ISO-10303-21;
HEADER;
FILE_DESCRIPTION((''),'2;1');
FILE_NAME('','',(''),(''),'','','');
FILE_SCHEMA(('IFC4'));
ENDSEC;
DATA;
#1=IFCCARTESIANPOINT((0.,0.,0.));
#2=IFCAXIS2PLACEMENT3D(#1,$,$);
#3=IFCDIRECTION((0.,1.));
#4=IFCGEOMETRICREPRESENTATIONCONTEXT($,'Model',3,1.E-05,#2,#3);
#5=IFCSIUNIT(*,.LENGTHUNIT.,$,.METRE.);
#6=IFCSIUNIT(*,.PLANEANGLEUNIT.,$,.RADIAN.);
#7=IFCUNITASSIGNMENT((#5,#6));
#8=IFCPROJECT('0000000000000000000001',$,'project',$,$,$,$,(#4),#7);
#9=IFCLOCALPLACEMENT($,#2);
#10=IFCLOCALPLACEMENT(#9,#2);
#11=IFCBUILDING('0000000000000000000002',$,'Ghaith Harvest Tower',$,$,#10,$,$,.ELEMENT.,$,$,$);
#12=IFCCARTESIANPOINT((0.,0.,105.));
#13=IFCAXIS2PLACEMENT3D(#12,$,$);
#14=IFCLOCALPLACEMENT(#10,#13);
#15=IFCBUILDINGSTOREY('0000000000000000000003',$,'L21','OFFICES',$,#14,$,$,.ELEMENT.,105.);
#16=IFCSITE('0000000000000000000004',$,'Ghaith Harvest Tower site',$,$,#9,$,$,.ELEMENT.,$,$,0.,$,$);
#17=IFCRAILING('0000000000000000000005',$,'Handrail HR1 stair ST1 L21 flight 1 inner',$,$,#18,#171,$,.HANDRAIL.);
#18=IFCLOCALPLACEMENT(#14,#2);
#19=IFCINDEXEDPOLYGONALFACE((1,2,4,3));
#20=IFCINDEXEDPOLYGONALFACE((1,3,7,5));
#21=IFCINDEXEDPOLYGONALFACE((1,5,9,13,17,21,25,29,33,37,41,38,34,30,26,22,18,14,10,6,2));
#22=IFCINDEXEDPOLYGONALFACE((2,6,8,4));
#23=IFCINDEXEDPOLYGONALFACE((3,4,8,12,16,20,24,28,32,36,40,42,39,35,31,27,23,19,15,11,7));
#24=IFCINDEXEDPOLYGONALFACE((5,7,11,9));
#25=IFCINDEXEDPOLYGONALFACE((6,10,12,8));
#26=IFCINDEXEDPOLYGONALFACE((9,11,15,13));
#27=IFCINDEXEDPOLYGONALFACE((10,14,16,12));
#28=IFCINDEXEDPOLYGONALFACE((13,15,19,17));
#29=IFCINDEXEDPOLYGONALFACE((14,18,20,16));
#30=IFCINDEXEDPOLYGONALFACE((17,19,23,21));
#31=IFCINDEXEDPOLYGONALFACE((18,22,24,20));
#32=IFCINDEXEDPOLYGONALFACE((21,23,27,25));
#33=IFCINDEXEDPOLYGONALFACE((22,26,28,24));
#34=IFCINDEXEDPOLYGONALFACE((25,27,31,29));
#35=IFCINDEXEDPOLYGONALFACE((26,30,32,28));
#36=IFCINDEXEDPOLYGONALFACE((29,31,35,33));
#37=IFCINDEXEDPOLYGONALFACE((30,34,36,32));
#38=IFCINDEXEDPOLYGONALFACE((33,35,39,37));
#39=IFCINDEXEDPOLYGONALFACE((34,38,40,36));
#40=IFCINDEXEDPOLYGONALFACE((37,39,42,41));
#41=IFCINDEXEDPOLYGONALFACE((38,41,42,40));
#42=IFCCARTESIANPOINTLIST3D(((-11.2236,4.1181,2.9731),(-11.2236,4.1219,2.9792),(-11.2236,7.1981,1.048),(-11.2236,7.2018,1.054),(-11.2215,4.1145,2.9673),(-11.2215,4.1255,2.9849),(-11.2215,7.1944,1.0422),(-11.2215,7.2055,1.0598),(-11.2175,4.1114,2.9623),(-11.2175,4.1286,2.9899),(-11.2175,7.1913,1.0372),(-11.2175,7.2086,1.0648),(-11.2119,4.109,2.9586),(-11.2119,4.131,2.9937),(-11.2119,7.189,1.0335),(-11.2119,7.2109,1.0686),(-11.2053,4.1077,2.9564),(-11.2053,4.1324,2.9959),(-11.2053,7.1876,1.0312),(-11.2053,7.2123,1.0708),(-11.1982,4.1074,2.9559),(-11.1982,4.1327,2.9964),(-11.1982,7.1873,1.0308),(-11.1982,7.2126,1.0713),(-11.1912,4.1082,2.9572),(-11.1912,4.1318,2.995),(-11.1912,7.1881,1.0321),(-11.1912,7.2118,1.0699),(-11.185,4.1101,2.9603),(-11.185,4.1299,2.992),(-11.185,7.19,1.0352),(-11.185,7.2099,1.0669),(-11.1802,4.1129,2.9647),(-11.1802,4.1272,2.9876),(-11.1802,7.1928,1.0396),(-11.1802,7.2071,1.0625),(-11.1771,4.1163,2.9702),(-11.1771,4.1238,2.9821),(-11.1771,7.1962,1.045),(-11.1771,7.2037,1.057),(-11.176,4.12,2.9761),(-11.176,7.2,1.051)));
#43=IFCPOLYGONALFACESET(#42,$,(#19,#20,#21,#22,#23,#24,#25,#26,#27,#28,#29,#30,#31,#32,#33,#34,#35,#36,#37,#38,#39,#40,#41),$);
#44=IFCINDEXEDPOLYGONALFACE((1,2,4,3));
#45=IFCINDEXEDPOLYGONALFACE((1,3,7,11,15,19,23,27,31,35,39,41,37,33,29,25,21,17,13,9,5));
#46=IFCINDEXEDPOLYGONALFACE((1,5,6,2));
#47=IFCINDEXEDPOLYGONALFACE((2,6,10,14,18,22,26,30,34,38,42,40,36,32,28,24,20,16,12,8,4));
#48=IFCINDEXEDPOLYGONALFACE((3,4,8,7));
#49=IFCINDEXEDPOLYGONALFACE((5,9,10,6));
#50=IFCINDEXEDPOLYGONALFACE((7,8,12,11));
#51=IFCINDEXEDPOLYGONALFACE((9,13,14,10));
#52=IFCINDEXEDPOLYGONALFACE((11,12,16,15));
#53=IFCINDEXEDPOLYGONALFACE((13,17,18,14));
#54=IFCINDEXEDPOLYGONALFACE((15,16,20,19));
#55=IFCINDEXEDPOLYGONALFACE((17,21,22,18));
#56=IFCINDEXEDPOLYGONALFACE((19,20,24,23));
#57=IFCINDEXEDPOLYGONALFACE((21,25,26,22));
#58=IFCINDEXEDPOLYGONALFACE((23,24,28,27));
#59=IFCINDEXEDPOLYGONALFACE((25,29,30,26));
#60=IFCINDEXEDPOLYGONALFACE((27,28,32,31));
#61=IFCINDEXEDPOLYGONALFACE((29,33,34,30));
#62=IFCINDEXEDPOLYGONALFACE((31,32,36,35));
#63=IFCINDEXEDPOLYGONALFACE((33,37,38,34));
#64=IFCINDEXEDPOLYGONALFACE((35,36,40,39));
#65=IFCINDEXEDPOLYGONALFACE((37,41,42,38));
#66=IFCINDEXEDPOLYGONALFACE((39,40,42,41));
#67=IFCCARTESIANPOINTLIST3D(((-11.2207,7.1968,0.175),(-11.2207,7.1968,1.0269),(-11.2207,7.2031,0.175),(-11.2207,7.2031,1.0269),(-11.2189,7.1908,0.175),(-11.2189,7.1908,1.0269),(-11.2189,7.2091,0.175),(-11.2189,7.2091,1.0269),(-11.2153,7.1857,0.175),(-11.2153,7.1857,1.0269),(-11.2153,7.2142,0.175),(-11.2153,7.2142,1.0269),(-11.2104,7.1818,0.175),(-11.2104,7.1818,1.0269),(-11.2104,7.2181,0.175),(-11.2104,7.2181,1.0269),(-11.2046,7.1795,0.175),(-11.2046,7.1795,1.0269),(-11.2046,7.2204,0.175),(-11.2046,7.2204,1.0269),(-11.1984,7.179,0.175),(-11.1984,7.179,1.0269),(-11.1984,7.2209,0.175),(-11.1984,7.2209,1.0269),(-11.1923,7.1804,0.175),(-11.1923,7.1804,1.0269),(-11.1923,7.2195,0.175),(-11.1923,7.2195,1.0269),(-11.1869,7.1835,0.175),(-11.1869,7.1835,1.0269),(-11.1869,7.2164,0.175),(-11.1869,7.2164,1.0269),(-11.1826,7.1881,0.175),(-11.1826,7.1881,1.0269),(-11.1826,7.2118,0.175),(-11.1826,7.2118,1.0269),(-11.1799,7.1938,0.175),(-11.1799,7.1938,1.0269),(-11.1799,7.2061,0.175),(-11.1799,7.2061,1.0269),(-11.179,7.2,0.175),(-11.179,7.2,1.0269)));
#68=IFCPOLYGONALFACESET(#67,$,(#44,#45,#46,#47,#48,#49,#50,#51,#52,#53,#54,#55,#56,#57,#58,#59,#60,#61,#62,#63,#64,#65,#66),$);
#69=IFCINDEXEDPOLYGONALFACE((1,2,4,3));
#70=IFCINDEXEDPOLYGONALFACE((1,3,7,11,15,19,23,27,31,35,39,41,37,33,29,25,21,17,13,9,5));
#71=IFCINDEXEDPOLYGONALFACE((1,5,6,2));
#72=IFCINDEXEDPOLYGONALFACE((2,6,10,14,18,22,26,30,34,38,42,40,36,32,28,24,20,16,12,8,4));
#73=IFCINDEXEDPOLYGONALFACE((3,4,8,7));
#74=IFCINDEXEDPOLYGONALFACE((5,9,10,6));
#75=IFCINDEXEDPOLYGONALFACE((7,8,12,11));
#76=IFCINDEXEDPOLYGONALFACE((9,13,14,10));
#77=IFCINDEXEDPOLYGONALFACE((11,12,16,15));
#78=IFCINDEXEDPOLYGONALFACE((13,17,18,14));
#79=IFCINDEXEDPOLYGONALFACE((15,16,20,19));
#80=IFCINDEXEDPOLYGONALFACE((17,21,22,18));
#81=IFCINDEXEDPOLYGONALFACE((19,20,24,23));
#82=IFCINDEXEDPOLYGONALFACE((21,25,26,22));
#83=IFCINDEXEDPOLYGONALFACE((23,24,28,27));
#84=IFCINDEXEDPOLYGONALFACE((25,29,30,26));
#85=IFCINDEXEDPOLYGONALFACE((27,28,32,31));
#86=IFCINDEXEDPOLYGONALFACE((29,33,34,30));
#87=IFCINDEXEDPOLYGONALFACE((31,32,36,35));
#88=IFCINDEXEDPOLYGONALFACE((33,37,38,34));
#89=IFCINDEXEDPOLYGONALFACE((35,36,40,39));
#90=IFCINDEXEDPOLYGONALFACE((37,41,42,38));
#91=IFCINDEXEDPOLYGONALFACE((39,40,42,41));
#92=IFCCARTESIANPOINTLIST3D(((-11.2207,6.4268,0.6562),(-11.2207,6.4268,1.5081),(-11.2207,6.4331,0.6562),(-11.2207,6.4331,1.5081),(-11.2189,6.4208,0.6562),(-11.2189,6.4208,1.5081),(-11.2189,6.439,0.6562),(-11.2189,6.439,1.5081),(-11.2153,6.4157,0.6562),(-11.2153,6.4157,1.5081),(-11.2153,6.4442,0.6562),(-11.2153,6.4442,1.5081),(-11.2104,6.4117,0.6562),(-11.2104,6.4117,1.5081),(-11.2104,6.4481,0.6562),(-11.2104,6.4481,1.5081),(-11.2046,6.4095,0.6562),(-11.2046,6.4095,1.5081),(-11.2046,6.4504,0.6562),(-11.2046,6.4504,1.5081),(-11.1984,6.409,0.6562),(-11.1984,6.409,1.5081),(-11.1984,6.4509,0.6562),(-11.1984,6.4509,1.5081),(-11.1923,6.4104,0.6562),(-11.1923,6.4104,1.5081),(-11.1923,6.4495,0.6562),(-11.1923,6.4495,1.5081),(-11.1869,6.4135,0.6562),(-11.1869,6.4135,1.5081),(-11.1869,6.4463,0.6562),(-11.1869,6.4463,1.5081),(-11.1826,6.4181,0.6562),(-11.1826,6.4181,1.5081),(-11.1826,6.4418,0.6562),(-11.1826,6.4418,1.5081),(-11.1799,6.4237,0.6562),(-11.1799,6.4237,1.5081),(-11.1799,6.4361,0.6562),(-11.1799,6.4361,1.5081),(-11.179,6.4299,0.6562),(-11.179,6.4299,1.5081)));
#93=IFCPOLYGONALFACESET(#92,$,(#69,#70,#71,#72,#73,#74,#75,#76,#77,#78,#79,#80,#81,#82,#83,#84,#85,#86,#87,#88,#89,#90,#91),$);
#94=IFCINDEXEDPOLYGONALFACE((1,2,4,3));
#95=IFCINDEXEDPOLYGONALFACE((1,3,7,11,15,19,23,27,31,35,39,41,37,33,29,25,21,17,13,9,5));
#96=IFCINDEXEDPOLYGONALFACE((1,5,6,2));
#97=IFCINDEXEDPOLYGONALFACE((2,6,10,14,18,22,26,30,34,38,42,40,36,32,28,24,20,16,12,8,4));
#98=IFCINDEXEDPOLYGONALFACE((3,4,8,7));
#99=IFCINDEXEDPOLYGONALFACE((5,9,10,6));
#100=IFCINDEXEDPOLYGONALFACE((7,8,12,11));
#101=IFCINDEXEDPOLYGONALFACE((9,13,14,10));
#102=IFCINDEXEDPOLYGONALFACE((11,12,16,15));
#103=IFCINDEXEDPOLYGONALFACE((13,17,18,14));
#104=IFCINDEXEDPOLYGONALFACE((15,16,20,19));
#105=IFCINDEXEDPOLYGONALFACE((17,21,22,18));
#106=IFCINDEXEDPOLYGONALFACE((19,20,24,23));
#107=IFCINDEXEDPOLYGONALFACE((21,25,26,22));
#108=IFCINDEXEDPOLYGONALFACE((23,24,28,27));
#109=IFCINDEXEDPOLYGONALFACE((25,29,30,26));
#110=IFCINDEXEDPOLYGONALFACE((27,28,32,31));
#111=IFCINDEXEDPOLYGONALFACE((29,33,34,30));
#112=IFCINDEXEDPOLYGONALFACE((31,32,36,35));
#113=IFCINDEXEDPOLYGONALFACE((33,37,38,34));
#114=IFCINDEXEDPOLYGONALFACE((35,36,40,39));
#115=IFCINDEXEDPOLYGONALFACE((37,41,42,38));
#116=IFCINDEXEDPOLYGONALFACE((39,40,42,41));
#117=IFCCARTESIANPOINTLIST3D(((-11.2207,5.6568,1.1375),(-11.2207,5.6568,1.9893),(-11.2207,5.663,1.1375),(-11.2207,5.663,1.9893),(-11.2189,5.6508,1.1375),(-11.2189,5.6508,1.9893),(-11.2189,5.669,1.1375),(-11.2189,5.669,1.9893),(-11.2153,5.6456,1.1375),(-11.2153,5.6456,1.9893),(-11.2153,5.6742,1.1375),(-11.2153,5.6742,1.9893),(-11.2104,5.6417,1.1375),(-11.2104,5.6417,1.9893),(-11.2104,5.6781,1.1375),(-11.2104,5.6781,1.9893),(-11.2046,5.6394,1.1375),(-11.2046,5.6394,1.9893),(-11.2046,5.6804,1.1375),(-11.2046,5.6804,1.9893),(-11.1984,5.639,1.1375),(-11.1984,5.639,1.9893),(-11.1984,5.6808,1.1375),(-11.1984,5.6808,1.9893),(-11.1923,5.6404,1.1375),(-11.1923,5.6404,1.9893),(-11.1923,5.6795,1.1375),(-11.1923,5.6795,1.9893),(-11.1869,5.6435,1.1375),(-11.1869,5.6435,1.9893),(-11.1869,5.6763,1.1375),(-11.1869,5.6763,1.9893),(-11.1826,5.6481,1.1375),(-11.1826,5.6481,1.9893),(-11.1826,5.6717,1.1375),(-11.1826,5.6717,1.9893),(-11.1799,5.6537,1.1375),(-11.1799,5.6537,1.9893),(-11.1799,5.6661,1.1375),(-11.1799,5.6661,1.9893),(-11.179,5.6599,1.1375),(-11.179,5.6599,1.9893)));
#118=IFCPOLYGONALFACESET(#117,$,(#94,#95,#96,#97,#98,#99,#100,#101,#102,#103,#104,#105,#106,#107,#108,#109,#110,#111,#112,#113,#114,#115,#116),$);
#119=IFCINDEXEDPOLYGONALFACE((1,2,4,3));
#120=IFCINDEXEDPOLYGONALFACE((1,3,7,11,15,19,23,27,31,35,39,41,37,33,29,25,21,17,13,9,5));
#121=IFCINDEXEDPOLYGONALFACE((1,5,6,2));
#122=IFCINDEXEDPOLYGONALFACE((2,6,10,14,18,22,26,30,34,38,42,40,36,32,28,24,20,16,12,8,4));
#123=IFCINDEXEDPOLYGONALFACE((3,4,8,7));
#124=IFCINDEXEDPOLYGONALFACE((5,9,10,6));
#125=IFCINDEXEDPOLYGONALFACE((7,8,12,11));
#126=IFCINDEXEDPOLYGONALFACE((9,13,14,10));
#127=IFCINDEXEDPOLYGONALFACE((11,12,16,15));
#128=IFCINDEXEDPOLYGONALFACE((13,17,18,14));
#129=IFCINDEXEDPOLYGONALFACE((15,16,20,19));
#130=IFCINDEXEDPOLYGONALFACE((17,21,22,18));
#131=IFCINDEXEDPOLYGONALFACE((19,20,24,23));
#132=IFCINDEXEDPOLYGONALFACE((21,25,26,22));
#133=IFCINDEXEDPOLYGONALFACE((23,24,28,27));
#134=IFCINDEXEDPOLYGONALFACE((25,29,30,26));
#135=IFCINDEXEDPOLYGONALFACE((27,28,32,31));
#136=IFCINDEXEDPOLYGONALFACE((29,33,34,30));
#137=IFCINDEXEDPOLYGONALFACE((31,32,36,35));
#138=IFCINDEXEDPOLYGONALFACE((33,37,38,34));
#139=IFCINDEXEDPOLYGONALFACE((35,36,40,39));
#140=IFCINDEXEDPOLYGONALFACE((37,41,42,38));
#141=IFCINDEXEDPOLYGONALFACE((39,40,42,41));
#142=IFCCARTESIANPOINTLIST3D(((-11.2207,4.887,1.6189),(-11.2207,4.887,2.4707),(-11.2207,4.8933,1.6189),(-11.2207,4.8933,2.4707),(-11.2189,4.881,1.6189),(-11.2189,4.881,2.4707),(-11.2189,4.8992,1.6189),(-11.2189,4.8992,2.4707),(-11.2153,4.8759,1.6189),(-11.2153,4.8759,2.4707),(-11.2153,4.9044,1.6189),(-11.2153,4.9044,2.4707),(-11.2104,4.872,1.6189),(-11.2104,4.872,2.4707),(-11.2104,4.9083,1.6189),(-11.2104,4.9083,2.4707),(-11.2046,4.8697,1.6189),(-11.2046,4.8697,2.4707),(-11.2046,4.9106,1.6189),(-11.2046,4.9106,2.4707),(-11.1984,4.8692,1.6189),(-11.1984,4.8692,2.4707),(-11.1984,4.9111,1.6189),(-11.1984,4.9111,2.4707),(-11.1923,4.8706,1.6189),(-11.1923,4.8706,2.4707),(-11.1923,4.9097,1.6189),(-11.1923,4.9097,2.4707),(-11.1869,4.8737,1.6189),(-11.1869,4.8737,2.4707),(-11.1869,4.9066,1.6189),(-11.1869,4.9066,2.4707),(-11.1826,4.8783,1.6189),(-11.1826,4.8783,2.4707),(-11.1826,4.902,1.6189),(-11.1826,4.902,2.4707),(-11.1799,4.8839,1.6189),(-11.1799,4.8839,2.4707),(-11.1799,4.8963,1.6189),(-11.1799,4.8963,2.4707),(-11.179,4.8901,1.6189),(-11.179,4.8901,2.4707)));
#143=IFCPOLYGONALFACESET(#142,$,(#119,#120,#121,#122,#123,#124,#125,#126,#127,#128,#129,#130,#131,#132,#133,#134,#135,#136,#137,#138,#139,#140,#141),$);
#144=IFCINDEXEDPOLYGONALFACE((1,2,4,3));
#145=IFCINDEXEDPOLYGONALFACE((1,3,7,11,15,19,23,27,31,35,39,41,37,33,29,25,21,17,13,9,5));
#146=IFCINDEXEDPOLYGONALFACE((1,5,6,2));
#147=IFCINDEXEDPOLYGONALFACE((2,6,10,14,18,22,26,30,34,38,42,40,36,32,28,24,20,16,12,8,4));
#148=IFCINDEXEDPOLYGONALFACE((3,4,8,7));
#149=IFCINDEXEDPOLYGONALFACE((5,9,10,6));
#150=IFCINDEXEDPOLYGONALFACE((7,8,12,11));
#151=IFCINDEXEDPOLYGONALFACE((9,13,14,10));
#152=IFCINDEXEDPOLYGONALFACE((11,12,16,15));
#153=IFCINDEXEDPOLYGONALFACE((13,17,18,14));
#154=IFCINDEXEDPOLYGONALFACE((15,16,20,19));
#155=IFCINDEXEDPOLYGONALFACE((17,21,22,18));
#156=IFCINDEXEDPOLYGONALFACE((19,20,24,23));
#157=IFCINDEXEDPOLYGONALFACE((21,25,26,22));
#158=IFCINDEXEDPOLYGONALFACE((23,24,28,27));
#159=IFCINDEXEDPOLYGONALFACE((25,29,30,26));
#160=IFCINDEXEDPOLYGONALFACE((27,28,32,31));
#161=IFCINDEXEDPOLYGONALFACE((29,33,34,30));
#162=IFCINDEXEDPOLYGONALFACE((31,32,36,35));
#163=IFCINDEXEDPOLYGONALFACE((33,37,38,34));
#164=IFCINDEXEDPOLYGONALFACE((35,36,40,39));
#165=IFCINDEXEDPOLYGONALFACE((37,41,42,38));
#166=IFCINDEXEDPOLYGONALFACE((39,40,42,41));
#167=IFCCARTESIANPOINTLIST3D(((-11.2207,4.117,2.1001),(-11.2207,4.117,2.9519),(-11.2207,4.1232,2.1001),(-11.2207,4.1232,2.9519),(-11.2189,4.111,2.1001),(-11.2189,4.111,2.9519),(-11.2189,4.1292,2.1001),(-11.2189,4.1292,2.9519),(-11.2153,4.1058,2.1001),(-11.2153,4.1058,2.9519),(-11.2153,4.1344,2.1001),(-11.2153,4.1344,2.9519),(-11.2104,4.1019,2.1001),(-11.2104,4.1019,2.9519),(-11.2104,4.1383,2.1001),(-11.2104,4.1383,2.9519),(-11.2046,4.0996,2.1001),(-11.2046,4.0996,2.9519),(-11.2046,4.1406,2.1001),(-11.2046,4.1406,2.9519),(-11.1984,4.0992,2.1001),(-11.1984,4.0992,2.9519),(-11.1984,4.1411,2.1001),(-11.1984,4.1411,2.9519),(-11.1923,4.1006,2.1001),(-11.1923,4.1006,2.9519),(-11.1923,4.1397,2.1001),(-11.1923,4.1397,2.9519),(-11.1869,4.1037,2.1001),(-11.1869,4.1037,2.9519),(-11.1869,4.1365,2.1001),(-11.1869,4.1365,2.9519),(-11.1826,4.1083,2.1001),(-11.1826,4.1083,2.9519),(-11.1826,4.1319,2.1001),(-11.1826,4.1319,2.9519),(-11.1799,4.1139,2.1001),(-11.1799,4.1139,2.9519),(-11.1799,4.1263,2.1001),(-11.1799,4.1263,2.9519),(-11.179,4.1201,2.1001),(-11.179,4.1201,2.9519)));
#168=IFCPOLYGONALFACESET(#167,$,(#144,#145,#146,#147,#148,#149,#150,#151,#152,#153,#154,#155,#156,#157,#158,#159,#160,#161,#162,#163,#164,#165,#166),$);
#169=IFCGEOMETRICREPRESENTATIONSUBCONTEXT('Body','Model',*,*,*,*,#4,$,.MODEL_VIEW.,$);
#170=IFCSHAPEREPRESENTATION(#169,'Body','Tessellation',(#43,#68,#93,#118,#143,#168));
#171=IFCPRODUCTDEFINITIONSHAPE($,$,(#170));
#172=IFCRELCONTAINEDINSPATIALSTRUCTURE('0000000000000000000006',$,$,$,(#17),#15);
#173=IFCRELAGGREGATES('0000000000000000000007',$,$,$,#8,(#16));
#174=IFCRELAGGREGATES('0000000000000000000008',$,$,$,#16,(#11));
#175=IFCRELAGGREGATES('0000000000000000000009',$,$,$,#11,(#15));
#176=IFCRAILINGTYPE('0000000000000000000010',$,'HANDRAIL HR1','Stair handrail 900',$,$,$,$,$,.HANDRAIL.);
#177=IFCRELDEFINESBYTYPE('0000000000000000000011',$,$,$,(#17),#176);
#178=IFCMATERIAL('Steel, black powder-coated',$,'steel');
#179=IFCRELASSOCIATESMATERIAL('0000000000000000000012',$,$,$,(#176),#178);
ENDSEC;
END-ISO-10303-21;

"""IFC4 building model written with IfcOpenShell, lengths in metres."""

from ifc_helpers import new_model, si_unit, direction, frame, origin, origin_2d, place, context, subcontext, project, spatial, circle, extrude, material, type_object, element, save


model = new_model("IFC4")

# Units and contexts
model_context = context("Model", 3, precision=1e-05, world=origin(), true_north=direction((0.0, 1.0)))
body_context = subcontext(model_context, "Body", "Model", "MODEL_VIEW")
ifc_project = project(units=[si_unit("LENGTHUNIT", "METRE"), si_unit("PLANEANGLEUNIT", "RADIAN")], contexts=[model_context])

# Site, building, storey
site_placement = place(None, origin())
site = spatial("IfcSite", under=ifc_project, at=site_placement, Name="Ghaith Harvest Tower site", CompositionType="ELEMENT", RefElevation=0.0)
building_placement = place(site_placement, origin())
building = spatial("IfcBuilding", under=site, at=building_placement, Name="Ghaith Harvest Tower", CompositionType="ELEMENT")
storey_placement = place(building_placement, frame((0.0, 0.0, 105.0)))
storey = spatial("IfcBuildingStorey", under=building, at=storey_placement, Name="L21", Description="OFFICES", CompositionType="ELEMENT", Elevation=105.0)

# Railing
ifc_material_1 = material(Name="Steel, black powder-coated", Category="steel")
railing_type = type_object("IfcRailingType", Name="HANDRAIL HR1", Description="Stair handrail 900", PredefinedType="HANDRAIL", material=ifc_material_1)
railing_1_placement = place(storey_placement, frame((-11.2, 7.2, 0.175)))
element("IfcRailing", 1, at=railing_1_placement, inside=storey, type_object=railing_type, Name="Handrail HR1 stair ST1 L21 flight 1 inner", PredefinedType="HANDRAIL", context=body_context, shape_type="SweptSolid", body=[
    extrude(circle(Radius=0.0239, at=origin_2d()), frame((0.0, 0.0, 0.876), z_axis=(0.0, -0.847979, 0.530029), x_axis=(1.0, 0.0, 0.0)), (0.0, 0.0, 1.0), 3.6321),
    extrude(circle(Radius=0.021, at=origin_2d()), origin(), (0.0, 0.0, 1.0), 0.8518),
    extrude(circle(Radius=0.021, at=origin_2d()), frame((0.0, -0.77, 0.4812)), (0.0, 0.0, 1.0), 0.8518),
    extrude(circle(Radius=0.021, at=origin_2d()), frame((0.0, -1.54, 0.9624)), (0.0, 0.0, 1.0), 0.8518),
    extrude(circle(Radius=0.021, at=origin_2d()), frame((0.0, -2.3098, 1.4438)), (0.0, 0.0, 1.0), 0.8518),
    extrude(circle(Radius=0.021, at=origin_2d()), frame((0.0, -3.0798, 1.925)), (0.0, 0.0, 1.0), 0.8518),
])

save(model, "model.ifc")
